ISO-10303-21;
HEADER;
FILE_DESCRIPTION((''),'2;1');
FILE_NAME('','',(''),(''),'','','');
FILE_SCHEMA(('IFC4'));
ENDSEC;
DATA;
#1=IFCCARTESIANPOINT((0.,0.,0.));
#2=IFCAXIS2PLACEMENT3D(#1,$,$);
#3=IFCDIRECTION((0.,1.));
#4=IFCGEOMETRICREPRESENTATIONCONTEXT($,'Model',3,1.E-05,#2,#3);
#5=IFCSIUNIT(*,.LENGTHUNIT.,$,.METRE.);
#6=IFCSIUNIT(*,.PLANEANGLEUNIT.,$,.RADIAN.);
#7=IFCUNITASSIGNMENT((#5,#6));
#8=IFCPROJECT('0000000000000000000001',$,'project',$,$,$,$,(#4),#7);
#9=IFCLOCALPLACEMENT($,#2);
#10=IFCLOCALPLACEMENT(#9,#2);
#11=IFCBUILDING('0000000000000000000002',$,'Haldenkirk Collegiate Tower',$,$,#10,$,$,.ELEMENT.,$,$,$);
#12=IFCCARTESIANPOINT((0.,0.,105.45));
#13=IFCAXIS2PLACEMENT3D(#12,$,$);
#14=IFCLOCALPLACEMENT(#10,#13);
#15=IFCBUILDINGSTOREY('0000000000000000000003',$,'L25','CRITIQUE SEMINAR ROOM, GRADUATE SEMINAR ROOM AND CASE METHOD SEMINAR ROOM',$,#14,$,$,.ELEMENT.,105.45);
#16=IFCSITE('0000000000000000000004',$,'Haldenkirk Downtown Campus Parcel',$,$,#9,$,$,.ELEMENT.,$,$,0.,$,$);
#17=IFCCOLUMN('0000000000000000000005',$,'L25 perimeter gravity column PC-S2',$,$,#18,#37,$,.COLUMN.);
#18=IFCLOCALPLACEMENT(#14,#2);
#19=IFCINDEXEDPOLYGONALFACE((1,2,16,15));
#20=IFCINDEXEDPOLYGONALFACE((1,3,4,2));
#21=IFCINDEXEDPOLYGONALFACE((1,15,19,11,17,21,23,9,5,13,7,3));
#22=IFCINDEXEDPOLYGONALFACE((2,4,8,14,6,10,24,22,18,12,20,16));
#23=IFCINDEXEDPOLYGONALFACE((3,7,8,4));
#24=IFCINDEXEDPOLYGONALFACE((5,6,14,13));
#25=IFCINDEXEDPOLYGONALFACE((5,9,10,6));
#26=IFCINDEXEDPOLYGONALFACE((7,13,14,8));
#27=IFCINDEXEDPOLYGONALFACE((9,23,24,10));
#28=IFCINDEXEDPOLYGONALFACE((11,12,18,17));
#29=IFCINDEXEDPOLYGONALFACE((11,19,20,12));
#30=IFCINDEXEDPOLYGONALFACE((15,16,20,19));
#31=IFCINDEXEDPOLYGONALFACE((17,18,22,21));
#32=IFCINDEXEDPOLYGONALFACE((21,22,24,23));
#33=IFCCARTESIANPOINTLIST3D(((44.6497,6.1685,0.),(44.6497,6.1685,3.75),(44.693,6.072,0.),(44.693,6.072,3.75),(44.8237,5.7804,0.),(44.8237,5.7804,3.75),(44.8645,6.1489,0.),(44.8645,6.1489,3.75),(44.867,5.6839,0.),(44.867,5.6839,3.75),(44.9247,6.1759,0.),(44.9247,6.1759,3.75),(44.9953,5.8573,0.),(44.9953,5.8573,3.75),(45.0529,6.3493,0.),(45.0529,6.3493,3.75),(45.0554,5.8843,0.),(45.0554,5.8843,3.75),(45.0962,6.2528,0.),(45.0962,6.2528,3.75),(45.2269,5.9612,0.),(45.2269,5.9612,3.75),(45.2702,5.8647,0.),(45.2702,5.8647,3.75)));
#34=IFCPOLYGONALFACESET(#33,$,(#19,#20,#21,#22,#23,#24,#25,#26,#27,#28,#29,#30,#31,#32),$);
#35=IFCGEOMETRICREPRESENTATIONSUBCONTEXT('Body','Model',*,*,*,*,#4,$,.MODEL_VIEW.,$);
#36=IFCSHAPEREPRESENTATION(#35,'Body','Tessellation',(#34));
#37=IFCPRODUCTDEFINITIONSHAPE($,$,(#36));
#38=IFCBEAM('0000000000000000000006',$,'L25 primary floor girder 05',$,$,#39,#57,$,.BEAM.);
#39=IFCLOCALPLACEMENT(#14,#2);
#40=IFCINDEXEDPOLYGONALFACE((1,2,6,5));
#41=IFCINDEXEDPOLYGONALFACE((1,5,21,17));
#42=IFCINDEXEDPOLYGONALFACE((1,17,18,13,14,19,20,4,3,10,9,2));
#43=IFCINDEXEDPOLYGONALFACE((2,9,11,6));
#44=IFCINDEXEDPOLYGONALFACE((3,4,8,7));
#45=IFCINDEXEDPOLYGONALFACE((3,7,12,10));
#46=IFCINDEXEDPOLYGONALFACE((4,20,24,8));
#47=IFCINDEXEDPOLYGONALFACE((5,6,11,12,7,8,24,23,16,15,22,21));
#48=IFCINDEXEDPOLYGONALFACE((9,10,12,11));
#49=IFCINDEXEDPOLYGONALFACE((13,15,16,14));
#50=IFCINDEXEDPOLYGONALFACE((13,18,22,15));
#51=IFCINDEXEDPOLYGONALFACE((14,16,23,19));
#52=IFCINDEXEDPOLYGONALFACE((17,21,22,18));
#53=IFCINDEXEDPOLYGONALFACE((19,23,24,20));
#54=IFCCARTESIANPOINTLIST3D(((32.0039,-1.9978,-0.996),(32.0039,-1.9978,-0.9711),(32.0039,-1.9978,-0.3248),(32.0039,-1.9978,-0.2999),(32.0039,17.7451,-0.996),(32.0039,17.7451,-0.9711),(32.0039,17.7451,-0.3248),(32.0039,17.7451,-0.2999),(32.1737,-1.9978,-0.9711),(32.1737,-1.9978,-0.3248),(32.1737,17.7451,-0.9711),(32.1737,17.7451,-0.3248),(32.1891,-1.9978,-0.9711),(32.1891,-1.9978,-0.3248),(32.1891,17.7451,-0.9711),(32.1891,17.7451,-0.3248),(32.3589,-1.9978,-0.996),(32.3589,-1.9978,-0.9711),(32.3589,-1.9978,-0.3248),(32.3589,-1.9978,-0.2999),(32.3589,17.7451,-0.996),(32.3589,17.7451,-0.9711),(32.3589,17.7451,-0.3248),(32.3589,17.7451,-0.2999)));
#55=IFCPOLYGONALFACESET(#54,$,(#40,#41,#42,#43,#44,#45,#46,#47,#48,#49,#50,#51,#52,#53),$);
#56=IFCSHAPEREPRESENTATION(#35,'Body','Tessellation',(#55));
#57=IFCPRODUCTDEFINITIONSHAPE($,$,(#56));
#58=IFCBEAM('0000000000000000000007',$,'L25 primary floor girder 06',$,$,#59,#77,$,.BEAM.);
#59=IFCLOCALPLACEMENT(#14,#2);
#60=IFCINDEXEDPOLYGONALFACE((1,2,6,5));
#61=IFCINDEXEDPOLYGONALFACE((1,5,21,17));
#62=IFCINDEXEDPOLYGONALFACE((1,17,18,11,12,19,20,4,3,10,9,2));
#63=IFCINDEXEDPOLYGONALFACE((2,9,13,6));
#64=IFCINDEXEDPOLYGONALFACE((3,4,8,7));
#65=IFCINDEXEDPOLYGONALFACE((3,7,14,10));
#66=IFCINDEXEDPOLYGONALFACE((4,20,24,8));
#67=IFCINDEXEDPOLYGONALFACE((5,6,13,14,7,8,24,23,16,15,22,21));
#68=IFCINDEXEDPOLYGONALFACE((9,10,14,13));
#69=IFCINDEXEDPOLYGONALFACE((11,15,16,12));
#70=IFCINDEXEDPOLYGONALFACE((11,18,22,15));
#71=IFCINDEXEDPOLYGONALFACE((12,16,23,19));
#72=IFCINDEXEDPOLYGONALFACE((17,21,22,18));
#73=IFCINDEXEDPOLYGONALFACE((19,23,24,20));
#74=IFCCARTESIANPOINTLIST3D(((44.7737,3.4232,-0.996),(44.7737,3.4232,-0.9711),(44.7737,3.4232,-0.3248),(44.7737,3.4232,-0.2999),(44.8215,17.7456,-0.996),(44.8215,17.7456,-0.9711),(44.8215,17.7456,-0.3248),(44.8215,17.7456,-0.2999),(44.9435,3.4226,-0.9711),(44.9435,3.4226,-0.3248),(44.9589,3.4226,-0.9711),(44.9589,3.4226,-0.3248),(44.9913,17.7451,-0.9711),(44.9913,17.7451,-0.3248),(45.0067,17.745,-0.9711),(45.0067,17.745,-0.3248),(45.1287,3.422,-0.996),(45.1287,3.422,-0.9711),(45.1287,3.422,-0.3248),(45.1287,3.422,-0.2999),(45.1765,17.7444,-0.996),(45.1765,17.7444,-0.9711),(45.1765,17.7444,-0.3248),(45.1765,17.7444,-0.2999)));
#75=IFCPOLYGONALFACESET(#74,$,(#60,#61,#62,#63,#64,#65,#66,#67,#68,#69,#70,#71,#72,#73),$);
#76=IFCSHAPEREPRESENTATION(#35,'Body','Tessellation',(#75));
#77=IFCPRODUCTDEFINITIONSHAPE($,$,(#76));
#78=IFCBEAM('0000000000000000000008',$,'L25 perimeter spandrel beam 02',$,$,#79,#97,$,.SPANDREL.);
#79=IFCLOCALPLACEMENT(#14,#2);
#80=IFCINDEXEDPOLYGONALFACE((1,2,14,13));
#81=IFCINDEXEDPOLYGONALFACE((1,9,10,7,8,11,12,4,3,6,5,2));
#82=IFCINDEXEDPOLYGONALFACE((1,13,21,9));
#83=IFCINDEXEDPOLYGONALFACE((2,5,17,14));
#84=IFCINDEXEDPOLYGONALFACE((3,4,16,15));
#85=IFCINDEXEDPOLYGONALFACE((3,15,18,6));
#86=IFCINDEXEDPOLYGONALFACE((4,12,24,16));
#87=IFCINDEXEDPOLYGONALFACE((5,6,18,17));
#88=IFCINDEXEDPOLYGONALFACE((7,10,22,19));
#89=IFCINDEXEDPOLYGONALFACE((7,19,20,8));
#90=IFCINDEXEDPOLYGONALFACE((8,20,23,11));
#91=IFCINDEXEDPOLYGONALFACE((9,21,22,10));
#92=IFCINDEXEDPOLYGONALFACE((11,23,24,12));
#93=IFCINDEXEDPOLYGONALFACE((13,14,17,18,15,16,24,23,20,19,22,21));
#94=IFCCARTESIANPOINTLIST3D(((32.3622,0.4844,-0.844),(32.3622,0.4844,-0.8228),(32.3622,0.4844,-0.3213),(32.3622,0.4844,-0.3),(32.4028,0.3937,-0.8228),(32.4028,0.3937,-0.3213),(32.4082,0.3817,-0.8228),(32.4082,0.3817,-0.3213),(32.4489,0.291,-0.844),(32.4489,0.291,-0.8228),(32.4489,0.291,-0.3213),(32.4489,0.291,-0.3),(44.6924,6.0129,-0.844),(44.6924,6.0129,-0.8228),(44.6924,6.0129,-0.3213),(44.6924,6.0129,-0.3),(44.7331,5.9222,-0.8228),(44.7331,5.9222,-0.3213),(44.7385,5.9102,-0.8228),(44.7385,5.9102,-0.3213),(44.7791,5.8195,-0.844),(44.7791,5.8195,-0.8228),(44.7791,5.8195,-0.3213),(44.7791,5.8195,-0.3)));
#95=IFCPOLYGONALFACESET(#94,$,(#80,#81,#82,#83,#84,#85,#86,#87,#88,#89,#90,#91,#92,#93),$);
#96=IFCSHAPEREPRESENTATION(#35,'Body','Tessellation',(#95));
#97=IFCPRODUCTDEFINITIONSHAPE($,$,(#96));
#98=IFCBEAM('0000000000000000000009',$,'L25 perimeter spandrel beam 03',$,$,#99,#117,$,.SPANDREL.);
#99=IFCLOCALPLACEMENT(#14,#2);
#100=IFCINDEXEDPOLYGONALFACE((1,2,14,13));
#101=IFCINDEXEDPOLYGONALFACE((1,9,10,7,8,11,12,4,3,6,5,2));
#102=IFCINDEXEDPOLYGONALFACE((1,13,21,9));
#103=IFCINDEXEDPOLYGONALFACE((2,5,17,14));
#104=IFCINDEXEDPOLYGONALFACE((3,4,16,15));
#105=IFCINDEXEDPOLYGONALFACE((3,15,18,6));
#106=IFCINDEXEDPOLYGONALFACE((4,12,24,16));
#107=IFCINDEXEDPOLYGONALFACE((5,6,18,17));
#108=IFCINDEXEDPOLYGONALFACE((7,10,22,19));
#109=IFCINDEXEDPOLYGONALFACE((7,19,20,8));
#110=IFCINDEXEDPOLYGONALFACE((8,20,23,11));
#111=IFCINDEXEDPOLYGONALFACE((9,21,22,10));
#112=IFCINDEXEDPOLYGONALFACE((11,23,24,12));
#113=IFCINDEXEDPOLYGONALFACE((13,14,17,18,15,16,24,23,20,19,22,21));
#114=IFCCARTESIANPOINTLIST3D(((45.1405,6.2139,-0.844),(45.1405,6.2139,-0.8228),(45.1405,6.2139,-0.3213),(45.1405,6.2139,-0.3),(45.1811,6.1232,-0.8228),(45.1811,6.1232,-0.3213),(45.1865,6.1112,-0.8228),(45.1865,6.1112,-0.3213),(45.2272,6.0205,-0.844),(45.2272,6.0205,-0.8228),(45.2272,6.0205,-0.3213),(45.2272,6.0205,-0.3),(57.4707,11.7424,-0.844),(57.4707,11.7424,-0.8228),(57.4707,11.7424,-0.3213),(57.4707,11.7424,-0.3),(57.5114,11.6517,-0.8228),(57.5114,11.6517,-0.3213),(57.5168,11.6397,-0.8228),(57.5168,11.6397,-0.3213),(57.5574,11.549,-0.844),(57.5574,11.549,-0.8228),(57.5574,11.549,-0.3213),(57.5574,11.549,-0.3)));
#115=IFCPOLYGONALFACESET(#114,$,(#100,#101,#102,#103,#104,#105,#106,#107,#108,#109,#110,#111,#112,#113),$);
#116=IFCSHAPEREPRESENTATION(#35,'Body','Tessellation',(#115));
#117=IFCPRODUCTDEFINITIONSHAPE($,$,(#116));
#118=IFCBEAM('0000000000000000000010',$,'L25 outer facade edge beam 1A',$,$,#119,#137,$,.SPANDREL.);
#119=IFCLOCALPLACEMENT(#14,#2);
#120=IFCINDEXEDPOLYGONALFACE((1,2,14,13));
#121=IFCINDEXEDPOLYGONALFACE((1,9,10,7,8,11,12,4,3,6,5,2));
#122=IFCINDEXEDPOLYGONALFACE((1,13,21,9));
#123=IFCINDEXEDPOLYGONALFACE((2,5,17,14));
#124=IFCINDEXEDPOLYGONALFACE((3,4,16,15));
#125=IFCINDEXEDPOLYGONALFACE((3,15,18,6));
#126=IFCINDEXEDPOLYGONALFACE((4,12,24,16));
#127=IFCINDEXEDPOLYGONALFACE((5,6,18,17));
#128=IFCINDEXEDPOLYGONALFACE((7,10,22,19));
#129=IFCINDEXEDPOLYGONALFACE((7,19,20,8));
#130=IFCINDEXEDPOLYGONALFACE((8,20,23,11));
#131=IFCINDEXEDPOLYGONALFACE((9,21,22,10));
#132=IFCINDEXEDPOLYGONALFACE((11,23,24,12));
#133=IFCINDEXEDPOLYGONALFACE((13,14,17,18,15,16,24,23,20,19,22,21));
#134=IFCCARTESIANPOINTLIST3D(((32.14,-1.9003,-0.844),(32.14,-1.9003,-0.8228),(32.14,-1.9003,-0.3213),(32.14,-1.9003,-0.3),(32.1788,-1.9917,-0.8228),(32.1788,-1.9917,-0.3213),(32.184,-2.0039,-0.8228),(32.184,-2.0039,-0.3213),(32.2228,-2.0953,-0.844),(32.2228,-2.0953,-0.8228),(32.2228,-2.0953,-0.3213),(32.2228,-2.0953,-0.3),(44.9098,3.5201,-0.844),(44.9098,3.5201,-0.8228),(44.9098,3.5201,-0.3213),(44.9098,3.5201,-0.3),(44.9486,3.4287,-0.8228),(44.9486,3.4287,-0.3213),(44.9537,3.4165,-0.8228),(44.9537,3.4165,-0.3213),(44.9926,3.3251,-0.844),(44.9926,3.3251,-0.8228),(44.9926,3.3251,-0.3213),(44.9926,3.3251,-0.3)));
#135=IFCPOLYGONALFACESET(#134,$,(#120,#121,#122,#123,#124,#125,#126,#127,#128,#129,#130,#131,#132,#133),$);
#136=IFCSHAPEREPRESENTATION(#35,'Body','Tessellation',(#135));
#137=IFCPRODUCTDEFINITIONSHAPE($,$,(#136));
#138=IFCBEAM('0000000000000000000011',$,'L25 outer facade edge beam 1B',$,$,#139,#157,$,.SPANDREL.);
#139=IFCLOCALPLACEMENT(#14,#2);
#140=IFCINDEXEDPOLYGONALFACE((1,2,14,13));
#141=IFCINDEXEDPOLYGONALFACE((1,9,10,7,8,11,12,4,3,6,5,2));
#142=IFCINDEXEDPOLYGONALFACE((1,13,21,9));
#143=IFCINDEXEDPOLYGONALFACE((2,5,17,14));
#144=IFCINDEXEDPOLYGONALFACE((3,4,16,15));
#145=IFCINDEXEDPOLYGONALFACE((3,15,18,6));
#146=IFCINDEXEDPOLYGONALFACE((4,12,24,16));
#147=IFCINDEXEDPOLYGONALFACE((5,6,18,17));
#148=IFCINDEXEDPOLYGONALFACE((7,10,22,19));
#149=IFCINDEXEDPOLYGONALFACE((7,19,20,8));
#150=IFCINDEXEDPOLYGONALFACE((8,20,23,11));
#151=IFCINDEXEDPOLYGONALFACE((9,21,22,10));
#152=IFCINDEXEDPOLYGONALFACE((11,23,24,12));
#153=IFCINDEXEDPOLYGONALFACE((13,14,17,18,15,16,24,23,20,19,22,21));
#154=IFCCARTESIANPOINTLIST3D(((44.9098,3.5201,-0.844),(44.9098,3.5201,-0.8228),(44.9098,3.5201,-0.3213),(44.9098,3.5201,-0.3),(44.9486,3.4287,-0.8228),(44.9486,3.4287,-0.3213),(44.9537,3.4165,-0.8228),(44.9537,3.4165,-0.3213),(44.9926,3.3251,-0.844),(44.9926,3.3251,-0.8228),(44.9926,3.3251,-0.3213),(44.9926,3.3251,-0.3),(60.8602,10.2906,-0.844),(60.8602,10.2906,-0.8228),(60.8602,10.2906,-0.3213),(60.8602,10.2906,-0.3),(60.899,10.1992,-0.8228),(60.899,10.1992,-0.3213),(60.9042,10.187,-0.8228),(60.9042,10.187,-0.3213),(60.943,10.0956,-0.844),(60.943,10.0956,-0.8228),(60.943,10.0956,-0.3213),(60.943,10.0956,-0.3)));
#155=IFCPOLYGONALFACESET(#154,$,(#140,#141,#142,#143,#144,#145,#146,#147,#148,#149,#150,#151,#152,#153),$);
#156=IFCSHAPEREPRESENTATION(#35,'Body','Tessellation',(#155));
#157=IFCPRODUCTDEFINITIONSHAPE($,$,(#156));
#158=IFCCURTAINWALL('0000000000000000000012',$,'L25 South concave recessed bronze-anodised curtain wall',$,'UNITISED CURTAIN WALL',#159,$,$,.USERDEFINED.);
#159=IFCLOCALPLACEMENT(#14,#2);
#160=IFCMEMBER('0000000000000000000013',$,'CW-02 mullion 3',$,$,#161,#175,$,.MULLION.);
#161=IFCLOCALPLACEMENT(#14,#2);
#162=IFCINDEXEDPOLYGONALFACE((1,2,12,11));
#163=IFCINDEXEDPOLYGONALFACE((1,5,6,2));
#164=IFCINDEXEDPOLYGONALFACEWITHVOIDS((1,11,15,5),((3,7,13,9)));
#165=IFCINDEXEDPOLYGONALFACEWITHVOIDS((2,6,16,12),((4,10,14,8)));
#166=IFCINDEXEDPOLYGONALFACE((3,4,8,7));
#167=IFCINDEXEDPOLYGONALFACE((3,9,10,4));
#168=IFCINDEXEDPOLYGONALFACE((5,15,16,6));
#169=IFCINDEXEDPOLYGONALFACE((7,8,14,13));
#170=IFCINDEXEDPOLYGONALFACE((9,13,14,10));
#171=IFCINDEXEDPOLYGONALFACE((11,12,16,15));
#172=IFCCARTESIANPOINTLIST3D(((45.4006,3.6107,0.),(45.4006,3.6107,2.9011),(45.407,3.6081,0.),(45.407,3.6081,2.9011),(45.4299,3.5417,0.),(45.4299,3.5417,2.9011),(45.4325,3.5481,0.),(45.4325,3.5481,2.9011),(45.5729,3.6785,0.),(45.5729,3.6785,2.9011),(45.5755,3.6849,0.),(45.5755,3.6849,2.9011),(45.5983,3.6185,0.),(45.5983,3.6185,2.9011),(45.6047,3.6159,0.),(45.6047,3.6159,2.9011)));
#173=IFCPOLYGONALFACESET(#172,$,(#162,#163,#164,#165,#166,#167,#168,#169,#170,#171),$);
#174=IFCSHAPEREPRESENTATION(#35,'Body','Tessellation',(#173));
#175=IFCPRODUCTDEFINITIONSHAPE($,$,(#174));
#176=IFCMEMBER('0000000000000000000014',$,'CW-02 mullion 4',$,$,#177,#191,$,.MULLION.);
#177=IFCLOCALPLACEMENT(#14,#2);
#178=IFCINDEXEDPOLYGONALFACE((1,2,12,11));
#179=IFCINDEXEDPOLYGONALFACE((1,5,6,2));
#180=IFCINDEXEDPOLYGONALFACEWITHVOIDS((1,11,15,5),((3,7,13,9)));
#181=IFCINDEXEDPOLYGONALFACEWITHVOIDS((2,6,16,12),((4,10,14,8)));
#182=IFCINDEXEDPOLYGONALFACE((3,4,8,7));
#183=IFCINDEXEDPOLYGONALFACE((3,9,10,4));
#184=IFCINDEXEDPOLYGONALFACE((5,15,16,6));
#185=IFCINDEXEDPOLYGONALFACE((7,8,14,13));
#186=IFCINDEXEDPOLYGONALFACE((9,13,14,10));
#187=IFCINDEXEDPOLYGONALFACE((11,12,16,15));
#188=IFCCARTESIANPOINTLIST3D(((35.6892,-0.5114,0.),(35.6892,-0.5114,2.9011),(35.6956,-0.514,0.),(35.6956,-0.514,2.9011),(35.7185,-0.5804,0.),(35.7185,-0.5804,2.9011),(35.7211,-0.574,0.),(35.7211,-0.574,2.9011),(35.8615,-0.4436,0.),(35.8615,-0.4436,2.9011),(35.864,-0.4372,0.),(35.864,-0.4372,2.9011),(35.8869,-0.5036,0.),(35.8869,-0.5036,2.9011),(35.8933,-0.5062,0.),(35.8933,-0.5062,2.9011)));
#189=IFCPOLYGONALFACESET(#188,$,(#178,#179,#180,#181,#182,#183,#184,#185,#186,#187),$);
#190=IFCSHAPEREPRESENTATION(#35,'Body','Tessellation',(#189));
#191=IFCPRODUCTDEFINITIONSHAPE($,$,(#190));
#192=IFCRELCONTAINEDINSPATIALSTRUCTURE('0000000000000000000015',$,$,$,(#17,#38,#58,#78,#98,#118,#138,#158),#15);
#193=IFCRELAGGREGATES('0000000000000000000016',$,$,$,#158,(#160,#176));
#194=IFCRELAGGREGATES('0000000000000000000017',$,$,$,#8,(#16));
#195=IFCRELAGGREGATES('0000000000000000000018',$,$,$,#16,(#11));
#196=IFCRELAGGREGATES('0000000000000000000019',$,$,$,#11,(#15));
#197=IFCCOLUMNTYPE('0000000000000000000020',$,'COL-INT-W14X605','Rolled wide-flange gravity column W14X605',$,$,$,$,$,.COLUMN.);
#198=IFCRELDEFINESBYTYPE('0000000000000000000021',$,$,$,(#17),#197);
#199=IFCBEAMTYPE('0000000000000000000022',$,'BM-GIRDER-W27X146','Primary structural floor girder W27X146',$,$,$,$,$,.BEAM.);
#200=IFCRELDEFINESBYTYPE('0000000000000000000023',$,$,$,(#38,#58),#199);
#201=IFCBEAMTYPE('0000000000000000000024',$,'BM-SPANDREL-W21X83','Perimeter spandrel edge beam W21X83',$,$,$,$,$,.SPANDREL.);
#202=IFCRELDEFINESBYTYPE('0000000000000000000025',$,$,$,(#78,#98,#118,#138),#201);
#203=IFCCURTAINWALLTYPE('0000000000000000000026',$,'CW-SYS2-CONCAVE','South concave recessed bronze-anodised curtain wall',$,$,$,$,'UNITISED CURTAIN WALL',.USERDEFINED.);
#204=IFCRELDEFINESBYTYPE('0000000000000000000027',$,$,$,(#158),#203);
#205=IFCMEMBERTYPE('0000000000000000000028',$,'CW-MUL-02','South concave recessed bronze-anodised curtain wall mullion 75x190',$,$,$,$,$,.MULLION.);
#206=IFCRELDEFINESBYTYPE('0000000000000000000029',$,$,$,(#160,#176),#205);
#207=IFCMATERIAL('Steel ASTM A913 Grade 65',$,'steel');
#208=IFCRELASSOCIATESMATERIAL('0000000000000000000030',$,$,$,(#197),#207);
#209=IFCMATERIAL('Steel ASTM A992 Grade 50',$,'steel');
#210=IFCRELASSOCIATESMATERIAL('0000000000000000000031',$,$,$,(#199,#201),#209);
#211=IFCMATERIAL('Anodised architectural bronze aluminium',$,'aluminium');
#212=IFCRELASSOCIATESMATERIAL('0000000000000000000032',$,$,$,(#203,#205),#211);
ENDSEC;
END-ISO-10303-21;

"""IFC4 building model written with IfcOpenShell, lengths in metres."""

from ifc_helpers import new_model, si_unit, direction, frame, origin, origin_2d, place, context, subcontext, project, spatial, hollow_rectangle, i_section, extrude, material, material_profile, profile_set, type_object, element, aggregate, save


model = new_model("IFC4")

# Units and contexts
model_context = context("Model", 3, precision=1e-05, world=origin(), true_north=direction((0.0, 1.0)))
body_context = subcontext(model_context, "Body", "Model", "MODEL_VIEW")
ifc_project = project(units=[si_unit("LENGTHUNIT", "METRE"), si_unit("PLANEANGLEUNIT", "RADIAN")], contexts=[model_context])

# Site, building, storey
site_placement = place(None, origin())
site = spatial("IfcSite", under=ifc_project, at=site_placement, Name="Haldenkirk Downtown Campus Parcel", CompositionType="ELEMENT", RefElevation=0.0)
building_placement = place(site_placement, origin())
building = spatial("IfcBuilding", under=site, at=building_placement, Name="Haldenkirk Collegiate Tower", CompositionType="ELEMENT")
storey_placement = place(building_placement, frame((0.0, 0.0, 105.45)))
storey = spatial("IfcBuildingStorey", under=building, at=storey_placement, Name="L25", Description="CRITIQUE SEMINAR ROOM, GRADUATE SEMINAR ROOM AND CASE METHOD SEMINAR ROOM", CompositionType="ELEMENT", Elevation=105.45)

# Column
ifc_material_1 = material(Name="Steel ASTM A913 Grade 65", Category="steel")
ifc_material_profile_1 = material_profile(ifc_material_1, i_section(OverallWidth=0.4419, OverallDepth=0.531, WebThickness=0.0659, FlangeThickness=0.1057, at=origin_2d()), Name="W14X605")
ifc_profile_set_1 = profile_set([ifc_material_profile_1], Name="Steel ASTM A913 Grade 65")
column_type = type_object("IfcColumnType", Name="COL-INT-W14X605", Description="Rolled wide-flange gravity column W14X605", PredefinedType="COLUMN", material=ifc_profile_set_1)
column_placement = place(storey_placement, frame((44.96, 6.0166, 0.0), z_axis=(0.0, 0.0, 1.0), x_axis=(0.912477, 0.409127, 0.0)))
element("IfcColumn", 1, at=column_placement, inside=storey, type_object=column_type, Name="L25 perimeter gravity column PC-S2", PredefinedType="COLUMN", context=body_context, shape_type="SweptSolid", body=[
    extrude(i_section(OverallWidth=0.4419, OverallDepth=0.531, WebThickness=0.0659, FlangeThickness=0.1057, at=origin_2d()), origin(), (0.0, 0.0, 1.0), 3.75),
])

# Beams
ifc_material_2 = material(Name="Steel ASTM A992 Grade 50", Category="steel")
ifc_material_profile_2 = material_profile(ifc_material_2, i_section(OverallWidth=0.355, OverallDepth=0.696, WebThickness=0.0154, FlangeThickness=0.0249, at=origin_2d()), Name="W27X146")
ifc_profile_set_2 = profile_set([ifc_material_profile_2], Name="Steel ASTM A992 Grade 50")
beam_type_1 = type_object("IfcBeamType", Name="BM-GIRDER-W27X146", Description="Primary structural floor girder W27X146", PredefinedType="BEAM", material=ifc_profile_set_2)
beam_1_placement = place(storey_placement, frame((32.1814, -1.9978, -0.6479), z_axis=(0.0, 1.0, 0.0), x_axis=(-1.0, 0.0, 0.0)))
element("IfcBeam", 2, at=beam_1_placement, inside=storey, type_object=beam_type_1, Name="L25 primary floor girder 05", PredefinedType="BEAM", context=body_context, shape_type="SweptSolid", body=[
    extrude(i_section(OverallWidth=0.355, OverallDepth=0.696, WebThickness=0.0154, FlangeThickness=0.0249, at=origin_2d()), origin(), (0.0, 0.0, 1.0), 19.7429),
])
beam_2_placement = place(storey_placement, frame((44.9512, 3.4226, -0.6479), z_axis=(0.003341, 0.999994, 0.0), x_axis=(-0.999994, 0.003341, 0.0)))
element("IfcBeam", 3, at=beam_2_placement, inside=storey, type_object=beam_type_1, Name="L25 primary floor girder 06", PredefinedType="BEAM", context=body_context, shape_type="SweptSolid", body=[
    extrude(i_section(OverallWidth=0.355, OverallDepth=0.696, WebThickness=0.0154, FlangeThickness=0.0249, at=origin_2d()), origin(), (0.0, 0.0, 1.0), 14.3225),
])
ifc_material_profile_3 = material_profile(ifc_material_2, i_section(OverallWidth=0.2119, OverallDepth=0.5439, WebThickness=0.0132, FlangeThickness=0.0212, at=origin_2d()), Name="W21X83")
ifc_profile_set_3 = profile_set([ifc_material_profile_3], Name="Steel ASTM A992 Grade 50")
beam_type_2 = type_object("IfcBeamType", Name="BM-SPANDREL-W21X83", Description="Perimeter spandrel edge beam W21X83", PredefinedType="SPANDREL", material=ifc_profile_set_3)
for number, where, z_axis, x_axis, name in (
    (4, (32.4055, 0.3877, -0.572), (0.912477, 0.409129, 0.0), (-0.409129, 0.912477, 0.0), "L25 perimeter spandrel beam 02"),
    (5, (45.1838, 6.1172, -0.572), (0.912477, 0.409129, 0.0), (-0.409129, 0.912477, 0.0), "L25 perimeter spandrel beam 03"),
):
    element("IfcBeam", number, at=place(storey_placement, frame(where, z_axis=z_axis, x_axis=x_axis)), inside=storey, type_object=beam_type_2, Name=name, PredefinedType="SPANDREL", context=body_context, shape_type="SweptSolid", body=[
        extrude(i_section(OverallWidth=0.2119, OverallDepth=0.5439, WebThickness=0.0132, FlangeThickness=0.0212, at=origin_2d()), origin(), (0.0, 0.0, 1.0), 13.5129),
    ])
beam_3_placement = place(storey_placement, frame((32.1814, -1.9978, -0.572), z_axis=(0.920506, 0.390729, 0.0), x_axis=(-0.390729, 0.920506, 0.0)))
element("IfcBeam", 6, at=beam_3_placement, inside=storey, type_object=beam_type_2, Name="L25 outer facade edge beam 1A", PredefinedType="SPANDREL", context=body_context, shape_type="SweptSolid", body=[
    extrude(i_section(OverallWidth=0.2119, OverallDepth=0.5439, WebThickness=0.0132, FlangeThickness=0.0212, at=origin_2d()), origin(), (0.0, 0.0, 1.0), 13.8726),
])
beam_4_placement = place(storey_placement, frame((44.9512, 3.4226, -0.572), z_axis=(0.920506, 0.390729, 0.0), x_axis=(-0.390729, 0.920506, 0.0)))
element("IfcBeam", 7, at=beam_4_placement, inside=storey, type_object=beam_type_2, Name="L25 outer facade edge beam 1B", PredefinedType="SPANDREL", context=body_context, shape_type="SweptSolid", body=[
    extrude(i_section(OverallWidth=0.2119, OverallDepth=0.5439, WebThickness=0.0132, FlangeThickness=0.0212, at=origin_2d()), origin(), (0.0, 0.0, 1.0), 17.3279),
])

# Curtain wall, members
ifc_material_3 = material(Name="Anodised architectural bronze aluminium", Category="aluminium")
curtain_wall_type = type_object("IfcCurtainWallType", Name="CW-SYS2-CONCAVE", Description="South concave recessed bronze-anodised curtain wall", ElementType="UNITISED CURTAIN WALL", PredefinedType="USERDEFINED", material=ifc_material_3)
curtain_wall_placement = place(storey_placement, origin())
curtain_wall = element("IfcCurtainWall", 8, at=curtain_wall_placement, inside=storey, type_object=curtain_wall_type, Name="L25 South concave recessed bronze-anodised curtain wall", ObjectType="UNITISED CURTAIN WALL", PredefinedType="USERDEFINED")
ifc_material_profile_4 = material_profile(ifc_material_3, hollow_rectangle(XDim=0.075, YDim=0.1899, WallThickness=0.0049, at=origin_2d()), Name="CW-MUL-02")
ifc_profile_set_4 = profile_set([ifc_material_profile_4], Name="Anodised architectural bronze aluminium")
member_type_1 = type_object("IfcMemberType", Name="CW-MUL-02", Description="South concave recessed bronze-anodised curtain wall mullion 75x190", PredefinedType="MULLION", material=ifc_profile_set_4)
member_1_placement = place(storey_placement, frame((45.5027, 3.6133, 0.0), z_axis=(0.0, 0.0, 1.0), x_axis=(0.390731, -0.920505, 0.0)))
member_1 = element("IfcMember", 9, at=member_1_placement, type_object=member_type_1, Name="CW-02 mullion 3", PredefinedType="MULLION", context=body_context, shape_type="SweptSolid", body=[
    extrude(hollow_rectangle(XDim=0.075, YDim=0.1899, WallThickness=0.0049, at=origin_2d()), origin(), (0.0, 0.0, 1.0), 2.9011),
])
member_2_placement = place(storey_placement, frame((35.7913, -0.5088, 0.0), z_axis=(0.0, 0.0, 1.0), x_axis=(0.390731, -0.920505, 0.0)))
member_2 = element("IfcMember", 10, at=member_2_placement, type_object=member_type_1, Name="CW-02 mullion 4", PredefinedType="MULLION", context=body_context, shape_type="SweptSolid", body=[
    extrude(hollow_rectangle(XDim=0.075, YDim=0.1899, WallThickness=0.0049, at=origin_2d()), origin(), (0.0, 0.0, 1.0), 2.9011),
])

aggregate(curtain_wall, [member_1, member_2])

save(model, "model.ifc")
